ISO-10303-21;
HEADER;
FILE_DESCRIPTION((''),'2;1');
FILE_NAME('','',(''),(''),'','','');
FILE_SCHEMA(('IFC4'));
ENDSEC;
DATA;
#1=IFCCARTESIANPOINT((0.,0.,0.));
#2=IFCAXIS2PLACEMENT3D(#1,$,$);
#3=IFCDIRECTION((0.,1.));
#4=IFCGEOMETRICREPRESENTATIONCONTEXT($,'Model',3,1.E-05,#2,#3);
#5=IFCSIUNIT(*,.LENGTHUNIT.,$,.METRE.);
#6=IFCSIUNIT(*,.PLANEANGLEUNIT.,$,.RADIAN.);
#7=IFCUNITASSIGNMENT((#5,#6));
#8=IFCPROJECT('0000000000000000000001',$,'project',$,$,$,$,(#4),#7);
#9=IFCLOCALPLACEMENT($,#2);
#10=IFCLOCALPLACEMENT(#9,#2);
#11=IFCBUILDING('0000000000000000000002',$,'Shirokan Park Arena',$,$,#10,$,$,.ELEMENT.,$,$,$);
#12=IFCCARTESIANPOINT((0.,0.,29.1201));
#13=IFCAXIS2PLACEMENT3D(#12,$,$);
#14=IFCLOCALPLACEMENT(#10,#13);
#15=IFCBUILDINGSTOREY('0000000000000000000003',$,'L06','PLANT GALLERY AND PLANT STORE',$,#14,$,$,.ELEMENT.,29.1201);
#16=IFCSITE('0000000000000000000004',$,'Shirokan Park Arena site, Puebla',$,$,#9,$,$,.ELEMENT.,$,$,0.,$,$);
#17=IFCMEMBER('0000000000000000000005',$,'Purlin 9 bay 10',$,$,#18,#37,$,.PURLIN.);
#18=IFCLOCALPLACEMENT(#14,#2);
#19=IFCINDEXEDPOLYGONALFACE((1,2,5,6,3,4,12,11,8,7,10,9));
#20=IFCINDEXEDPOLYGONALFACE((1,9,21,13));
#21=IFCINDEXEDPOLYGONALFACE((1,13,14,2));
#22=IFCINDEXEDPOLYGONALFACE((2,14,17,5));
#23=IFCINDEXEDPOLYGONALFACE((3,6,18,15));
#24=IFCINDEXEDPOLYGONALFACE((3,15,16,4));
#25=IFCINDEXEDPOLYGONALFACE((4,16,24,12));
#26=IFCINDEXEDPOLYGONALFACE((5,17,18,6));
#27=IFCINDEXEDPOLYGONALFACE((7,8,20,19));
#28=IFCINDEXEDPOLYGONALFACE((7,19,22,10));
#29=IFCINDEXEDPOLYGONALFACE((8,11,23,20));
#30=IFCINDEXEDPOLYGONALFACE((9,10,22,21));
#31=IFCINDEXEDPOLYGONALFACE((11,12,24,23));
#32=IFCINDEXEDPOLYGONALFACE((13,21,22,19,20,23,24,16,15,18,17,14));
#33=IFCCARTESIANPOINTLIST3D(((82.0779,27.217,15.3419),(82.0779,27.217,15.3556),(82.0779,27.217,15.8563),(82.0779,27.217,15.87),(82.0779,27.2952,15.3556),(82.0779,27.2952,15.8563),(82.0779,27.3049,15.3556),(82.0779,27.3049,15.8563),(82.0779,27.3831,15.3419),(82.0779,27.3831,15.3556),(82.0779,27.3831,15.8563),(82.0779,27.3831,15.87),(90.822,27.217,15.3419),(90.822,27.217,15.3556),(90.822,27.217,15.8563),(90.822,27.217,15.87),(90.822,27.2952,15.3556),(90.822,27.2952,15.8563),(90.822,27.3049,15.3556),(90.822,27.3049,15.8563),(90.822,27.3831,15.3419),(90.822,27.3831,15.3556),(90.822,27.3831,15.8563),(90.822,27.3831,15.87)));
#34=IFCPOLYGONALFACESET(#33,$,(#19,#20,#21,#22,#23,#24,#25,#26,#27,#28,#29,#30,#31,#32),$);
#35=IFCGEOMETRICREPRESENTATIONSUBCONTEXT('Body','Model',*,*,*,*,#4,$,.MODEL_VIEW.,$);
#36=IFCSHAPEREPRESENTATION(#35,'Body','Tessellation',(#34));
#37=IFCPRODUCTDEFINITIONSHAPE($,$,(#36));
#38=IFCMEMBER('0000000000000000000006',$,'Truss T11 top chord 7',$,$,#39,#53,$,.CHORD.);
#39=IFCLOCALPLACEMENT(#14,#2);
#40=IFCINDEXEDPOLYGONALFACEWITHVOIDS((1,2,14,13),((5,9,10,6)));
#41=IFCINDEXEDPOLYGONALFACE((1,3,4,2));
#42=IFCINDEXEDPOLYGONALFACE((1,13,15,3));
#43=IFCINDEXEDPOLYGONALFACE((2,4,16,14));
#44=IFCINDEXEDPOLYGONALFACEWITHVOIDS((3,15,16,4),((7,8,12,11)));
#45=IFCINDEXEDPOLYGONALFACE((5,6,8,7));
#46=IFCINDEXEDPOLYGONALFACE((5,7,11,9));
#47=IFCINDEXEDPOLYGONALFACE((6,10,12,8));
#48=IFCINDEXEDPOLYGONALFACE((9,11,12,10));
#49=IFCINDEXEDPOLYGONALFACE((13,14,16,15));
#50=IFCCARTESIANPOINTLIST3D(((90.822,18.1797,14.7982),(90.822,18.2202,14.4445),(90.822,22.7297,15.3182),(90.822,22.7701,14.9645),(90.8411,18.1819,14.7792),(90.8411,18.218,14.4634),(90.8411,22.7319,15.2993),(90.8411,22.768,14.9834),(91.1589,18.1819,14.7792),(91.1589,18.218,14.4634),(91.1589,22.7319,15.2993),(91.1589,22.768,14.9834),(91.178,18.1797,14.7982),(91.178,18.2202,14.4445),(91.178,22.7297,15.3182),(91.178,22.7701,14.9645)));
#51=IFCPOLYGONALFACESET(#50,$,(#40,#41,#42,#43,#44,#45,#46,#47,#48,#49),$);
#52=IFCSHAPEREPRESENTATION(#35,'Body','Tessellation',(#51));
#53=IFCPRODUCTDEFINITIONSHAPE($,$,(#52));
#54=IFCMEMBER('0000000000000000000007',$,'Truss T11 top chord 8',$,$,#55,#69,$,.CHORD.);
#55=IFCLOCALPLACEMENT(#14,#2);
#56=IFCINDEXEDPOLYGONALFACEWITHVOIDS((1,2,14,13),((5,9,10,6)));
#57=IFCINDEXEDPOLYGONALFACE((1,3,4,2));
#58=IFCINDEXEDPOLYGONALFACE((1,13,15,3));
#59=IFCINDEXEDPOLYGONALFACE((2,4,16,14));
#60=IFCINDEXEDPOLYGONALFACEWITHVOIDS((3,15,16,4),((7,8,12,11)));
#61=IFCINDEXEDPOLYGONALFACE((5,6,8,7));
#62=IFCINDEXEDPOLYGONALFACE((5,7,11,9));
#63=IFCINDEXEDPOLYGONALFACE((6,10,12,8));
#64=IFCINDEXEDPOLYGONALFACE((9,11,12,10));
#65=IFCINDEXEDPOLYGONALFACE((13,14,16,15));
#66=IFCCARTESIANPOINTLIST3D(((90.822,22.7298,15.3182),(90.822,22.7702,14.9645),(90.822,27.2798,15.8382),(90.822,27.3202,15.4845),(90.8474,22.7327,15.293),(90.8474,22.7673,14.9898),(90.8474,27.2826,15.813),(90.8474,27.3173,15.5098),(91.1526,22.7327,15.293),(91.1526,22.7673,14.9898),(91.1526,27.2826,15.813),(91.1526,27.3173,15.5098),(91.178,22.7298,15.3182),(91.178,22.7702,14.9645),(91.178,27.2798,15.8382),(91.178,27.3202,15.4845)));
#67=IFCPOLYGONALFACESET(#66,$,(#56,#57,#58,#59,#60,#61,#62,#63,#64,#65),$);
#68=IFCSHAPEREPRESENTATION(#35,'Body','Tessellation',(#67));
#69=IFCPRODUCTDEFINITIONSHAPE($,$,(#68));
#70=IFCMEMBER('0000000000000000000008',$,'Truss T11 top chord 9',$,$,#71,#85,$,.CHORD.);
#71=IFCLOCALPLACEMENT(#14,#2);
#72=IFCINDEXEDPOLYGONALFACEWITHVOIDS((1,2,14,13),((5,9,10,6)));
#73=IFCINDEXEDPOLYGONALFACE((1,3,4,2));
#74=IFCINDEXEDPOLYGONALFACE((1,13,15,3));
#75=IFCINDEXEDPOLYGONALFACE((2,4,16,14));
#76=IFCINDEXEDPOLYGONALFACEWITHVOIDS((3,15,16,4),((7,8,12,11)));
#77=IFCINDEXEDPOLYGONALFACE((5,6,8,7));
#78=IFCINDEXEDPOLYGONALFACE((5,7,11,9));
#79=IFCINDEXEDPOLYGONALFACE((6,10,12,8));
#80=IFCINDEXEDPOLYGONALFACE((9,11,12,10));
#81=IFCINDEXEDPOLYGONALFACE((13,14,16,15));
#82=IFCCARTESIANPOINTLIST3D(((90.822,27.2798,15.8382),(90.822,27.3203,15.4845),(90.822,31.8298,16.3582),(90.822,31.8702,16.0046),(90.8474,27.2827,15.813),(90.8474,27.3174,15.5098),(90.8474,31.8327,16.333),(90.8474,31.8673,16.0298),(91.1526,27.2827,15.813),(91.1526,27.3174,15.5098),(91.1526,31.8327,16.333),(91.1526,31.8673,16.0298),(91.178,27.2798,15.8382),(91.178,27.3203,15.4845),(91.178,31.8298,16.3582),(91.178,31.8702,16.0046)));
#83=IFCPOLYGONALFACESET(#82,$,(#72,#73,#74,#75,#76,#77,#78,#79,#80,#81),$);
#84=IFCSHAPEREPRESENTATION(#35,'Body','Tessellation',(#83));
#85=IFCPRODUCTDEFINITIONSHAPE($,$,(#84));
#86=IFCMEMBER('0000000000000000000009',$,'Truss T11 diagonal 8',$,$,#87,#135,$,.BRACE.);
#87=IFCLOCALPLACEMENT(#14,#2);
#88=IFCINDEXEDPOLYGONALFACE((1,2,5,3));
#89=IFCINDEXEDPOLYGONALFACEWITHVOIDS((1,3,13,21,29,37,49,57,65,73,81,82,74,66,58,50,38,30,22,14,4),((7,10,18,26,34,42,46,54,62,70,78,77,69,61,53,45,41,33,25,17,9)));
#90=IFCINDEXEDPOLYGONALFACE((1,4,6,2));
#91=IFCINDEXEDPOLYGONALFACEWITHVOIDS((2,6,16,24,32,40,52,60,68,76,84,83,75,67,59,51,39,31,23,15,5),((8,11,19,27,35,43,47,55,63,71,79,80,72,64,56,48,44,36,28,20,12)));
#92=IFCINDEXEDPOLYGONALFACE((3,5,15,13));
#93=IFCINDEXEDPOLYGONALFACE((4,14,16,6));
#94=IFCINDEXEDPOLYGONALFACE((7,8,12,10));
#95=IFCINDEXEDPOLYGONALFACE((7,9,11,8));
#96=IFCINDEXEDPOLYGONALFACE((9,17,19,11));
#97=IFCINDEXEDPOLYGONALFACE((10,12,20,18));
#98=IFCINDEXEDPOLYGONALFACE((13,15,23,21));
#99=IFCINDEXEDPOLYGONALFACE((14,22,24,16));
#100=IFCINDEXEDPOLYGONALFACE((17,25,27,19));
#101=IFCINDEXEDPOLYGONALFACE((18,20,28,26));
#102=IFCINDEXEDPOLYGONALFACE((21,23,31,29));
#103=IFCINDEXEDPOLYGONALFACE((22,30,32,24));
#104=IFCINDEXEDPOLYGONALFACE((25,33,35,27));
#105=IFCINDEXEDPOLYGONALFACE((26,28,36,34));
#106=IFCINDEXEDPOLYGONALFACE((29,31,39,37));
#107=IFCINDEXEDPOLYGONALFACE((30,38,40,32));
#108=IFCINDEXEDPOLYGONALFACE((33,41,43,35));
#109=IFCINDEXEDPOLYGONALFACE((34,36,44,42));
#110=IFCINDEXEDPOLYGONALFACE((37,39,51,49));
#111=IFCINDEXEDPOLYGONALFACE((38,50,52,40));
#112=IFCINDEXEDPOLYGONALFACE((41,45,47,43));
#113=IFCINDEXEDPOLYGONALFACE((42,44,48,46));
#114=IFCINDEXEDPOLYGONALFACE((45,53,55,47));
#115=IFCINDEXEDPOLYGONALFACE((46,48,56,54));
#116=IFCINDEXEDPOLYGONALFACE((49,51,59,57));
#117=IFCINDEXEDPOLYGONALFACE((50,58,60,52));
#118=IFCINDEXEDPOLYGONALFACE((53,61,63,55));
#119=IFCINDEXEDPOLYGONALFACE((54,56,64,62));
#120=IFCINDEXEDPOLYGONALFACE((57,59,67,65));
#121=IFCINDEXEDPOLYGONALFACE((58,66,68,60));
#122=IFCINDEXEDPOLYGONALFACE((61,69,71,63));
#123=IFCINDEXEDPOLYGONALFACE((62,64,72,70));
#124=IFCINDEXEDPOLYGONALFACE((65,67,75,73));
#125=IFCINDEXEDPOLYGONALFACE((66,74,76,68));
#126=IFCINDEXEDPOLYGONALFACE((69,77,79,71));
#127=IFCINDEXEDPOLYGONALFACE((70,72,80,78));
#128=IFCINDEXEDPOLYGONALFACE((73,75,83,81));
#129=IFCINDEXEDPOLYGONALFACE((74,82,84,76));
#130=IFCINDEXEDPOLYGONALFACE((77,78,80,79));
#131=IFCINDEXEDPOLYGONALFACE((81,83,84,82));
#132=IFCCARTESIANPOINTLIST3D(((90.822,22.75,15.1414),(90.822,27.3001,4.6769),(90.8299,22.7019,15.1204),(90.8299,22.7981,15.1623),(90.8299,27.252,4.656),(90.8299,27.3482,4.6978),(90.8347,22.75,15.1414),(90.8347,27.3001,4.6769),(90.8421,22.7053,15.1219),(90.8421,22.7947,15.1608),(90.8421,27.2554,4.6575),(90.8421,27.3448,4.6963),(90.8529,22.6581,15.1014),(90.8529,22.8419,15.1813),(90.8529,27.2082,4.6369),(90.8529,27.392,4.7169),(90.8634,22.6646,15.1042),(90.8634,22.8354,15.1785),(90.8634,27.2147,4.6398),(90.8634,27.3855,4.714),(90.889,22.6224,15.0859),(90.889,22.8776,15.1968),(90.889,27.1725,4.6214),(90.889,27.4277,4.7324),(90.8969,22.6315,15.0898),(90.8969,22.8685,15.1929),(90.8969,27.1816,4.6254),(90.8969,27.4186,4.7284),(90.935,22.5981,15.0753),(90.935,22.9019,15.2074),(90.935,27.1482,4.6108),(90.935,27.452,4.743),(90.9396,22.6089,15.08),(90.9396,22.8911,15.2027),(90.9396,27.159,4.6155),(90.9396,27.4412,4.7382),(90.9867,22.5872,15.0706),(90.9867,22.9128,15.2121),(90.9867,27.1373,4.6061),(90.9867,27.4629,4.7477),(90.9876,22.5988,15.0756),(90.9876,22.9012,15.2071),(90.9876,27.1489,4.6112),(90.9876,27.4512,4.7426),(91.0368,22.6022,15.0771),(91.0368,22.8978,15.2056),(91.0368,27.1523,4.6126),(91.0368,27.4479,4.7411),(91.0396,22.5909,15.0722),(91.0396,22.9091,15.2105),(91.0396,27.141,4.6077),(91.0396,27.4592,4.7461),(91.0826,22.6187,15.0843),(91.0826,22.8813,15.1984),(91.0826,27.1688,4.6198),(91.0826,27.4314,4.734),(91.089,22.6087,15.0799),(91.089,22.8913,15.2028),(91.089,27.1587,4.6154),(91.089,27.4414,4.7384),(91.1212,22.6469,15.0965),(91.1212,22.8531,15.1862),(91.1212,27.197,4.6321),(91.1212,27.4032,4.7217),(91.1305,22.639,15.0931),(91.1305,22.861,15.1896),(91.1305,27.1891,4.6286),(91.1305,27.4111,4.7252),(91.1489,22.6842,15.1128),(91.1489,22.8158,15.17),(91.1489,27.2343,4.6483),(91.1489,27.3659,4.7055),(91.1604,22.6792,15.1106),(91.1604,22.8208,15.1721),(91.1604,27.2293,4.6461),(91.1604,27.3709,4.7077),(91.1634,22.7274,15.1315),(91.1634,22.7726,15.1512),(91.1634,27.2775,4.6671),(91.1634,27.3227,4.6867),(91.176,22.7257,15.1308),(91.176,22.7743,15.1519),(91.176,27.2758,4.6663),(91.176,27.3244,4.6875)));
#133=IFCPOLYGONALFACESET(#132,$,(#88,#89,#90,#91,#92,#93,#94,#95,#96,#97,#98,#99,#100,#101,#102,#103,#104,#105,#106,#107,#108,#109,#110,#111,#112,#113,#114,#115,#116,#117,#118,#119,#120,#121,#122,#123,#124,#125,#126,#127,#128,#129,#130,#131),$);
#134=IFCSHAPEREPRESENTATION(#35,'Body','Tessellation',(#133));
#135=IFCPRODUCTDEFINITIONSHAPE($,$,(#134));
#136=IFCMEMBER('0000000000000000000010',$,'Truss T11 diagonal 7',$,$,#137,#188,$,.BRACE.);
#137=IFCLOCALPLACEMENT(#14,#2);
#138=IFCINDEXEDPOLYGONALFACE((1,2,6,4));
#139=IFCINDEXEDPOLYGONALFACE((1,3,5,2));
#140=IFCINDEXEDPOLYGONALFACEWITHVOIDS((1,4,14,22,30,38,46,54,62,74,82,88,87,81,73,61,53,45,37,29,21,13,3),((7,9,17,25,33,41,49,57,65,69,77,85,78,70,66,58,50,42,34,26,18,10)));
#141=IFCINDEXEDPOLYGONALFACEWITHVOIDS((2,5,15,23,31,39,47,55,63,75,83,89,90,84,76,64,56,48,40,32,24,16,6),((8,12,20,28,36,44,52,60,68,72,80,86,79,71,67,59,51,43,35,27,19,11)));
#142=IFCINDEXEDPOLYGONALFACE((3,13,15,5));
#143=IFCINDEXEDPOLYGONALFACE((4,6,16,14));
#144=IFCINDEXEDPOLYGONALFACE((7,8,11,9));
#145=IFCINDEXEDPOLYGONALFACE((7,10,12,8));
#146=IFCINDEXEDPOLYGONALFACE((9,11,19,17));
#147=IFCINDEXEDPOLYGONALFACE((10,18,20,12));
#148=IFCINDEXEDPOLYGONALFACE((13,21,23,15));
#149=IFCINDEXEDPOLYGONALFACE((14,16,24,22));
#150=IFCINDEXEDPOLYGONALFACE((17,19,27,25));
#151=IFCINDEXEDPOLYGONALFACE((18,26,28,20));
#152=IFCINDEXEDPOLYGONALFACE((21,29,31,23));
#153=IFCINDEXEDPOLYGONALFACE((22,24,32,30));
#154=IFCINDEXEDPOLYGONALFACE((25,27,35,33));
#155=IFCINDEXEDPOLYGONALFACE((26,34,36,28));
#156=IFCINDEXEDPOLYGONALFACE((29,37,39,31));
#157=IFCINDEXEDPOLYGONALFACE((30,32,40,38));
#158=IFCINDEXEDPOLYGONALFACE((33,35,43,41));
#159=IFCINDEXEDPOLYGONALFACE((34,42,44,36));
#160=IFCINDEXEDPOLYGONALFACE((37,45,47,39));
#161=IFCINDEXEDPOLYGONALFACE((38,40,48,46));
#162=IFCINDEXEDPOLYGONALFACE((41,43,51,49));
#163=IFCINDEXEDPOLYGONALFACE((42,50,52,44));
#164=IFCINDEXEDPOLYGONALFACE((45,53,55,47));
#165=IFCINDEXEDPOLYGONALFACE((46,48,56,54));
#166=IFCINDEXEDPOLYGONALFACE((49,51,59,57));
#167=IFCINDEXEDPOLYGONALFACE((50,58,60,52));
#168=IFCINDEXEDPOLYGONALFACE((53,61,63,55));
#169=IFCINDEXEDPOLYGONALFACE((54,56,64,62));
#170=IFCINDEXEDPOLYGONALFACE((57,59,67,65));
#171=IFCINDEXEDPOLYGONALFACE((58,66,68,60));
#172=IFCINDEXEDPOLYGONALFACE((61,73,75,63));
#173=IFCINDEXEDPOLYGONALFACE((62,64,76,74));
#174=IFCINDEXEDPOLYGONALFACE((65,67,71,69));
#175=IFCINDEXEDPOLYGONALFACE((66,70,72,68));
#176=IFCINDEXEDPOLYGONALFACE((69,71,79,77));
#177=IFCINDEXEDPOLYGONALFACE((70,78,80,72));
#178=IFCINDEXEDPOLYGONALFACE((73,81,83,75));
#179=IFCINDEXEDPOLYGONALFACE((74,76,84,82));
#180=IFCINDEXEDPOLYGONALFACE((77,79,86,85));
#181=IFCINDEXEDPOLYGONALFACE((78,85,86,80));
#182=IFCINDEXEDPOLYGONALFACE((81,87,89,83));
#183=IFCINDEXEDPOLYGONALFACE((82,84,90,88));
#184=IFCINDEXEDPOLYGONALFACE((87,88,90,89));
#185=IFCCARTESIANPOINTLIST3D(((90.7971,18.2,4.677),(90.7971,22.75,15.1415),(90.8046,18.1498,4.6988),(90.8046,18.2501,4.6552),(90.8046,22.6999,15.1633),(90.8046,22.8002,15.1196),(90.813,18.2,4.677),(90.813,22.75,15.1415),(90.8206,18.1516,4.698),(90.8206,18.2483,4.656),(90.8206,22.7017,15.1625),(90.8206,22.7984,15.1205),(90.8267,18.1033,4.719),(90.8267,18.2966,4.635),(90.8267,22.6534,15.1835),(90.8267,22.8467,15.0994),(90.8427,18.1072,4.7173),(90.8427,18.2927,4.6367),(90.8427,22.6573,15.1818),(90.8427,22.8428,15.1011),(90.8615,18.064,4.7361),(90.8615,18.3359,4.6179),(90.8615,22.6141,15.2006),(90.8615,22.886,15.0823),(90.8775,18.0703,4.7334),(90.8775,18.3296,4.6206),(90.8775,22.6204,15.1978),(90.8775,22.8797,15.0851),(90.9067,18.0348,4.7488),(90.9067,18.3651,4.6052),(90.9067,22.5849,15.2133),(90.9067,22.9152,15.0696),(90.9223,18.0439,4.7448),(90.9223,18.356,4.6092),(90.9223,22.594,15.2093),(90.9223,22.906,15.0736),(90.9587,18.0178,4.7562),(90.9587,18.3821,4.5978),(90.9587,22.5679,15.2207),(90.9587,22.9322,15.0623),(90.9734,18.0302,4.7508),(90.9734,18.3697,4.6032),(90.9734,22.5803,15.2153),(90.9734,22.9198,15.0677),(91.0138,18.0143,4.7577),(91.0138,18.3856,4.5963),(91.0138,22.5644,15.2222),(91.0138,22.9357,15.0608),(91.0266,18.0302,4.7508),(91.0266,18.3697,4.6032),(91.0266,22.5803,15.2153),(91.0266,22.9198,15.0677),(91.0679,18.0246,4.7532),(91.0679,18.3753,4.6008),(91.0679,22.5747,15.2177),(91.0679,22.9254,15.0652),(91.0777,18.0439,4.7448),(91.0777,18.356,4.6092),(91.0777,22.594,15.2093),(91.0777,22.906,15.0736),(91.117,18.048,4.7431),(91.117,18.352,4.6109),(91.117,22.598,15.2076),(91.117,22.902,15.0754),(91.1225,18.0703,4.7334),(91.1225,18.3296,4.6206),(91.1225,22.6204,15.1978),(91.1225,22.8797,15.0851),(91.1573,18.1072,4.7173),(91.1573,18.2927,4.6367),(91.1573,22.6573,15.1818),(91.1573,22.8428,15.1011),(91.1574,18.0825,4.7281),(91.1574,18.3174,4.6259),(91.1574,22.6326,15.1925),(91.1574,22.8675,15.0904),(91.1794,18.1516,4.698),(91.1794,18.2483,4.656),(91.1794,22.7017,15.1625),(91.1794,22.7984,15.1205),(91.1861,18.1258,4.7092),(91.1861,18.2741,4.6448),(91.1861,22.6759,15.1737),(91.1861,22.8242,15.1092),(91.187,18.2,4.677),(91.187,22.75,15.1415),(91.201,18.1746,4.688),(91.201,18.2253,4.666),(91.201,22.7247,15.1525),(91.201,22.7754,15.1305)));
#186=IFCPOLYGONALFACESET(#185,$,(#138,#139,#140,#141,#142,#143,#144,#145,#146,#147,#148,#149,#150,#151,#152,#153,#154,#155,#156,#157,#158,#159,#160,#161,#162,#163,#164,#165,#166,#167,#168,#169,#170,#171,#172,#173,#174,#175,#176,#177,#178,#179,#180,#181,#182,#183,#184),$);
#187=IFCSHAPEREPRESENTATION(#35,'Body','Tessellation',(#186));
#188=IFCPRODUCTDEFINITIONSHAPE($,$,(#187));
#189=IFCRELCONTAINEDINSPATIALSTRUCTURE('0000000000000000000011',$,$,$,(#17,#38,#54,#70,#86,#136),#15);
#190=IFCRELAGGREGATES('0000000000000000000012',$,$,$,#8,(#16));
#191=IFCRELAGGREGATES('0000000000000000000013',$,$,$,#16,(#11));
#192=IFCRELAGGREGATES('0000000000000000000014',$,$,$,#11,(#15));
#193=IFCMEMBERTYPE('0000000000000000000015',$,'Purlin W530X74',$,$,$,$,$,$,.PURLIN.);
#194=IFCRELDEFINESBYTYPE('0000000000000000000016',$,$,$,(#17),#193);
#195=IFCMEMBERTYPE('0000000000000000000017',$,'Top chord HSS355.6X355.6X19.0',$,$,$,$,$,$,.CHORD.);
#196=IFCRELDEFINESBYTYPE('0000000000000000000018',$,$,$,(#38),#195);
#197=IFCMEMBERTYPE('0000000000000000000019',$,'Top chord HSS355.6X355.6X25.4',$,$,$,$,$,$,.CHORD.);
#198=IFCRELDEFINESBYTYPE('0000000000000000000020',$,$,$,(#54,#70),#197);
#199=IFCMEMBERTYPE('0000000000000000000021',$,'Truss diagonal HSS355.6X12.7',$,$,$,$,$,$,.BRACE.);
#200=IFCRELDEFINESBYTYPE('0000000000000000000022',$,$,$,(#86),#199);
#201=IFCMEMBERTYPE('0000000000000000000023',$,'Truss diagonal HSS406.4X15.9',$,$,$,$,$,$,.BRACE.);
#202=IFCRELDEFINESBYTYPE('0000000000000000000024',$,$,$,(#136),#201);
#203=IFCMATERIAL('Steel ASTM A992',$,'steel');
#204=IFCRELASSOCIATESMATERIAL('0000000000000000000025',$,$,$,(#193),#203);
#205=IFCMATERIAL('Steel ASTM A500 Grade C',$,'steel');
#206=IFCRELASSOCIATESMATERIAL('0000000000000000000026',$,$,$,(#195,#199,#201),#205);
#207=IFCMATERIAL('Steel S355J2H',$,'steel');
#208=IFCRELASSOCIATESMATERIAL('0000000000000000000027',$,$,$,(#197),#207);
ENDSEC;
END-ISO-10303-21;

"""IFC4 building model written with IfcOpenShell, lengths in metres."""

from ifc_helpers import new_model, si_unit, direction, frame, origin, origin_2d, place, context, subcontext, project, spatial, hollow_rectangle, hollow_circle, i_section, extrude, material, material_profile, profile_set, type_object, element, save


model = new_model("IFC4")

# Units and contexts
model_context = context("Model", 3, precision=1e-05, world=origin(), true_north=direction((0.0, 1.0)))
body_context = subcontext(model_context, "Body", "Model", "MODEL_VIEW")
ifc_project = project(units=[si_unit("LENGTHUNIT", "METRE"), si_unit("PLANEANGLEUNIT", "RADIAN")], contexts=[model_context])

# Site, building, storey
site_placement = place(None, origin())
site = spatial("IfcSite", under=ifc_project, at=site_placement, Name="Shirokan Park Arena site, Puebla", CompositionType="ELEMENT", RefElevation=0.0)
building_placement = place(site_placement, origin())
building = spatial("IfcBuilding", under=site, at=building_placement, Name="Shirokan Park Arena", CompositionType="ELEMENT")
storey_placement = place(building_placement, frame((0.0, 0.0, 29.1201)))
storey = spatial("IfcBuildingStorey", under=building, at=storey_placement, Name="L06", Description="PLANT GALLERY AND PLANT STORE", CompositionType="ELEMENT", Elevation=29.1201)

# Members
ifc_material_1 = material(Name="Steel ASTM A500 Grade C", Category="steel")
ifc_material_2 = material(Name="Steel S355J2H", Category="steel")
ifc_material_3 = material(Name="Steel ASTM A992", Category="steel")
ifc_material_profile_1 = material_profile(ifc_material_3, i_section(OverallWidth=0.166, OverallDepth=0.5281, WebThickness=0.0098, FlangeThickness=0.0137, at=origin_2d()), Name="W530X74")
ifc_profile_set_1 = profile_set([ifc_material_profile_1], Name="Steel ASTM A992")
member_type_1 = type_object("IfcMemberType", Name="Purlin W530X74", PredefinedType="PURLIN", material=ifc_profile_set_1)
for number, where, z_axis, x_axis, name in (
    (1, (82.0779, 27.3, 15.606), (1.0, 0.0, 0.0), (0.0, 1.0, 0.0), "Purlin 9 bay 10"),
):
    element("IfcMember", number, at=place(storey_placement, frame(where, z_axis=z_axis, x_axis=x_axis)), inside=storey, type_object=member_type_1, Name=name, PredefinedType="PURLIN", context=body_context, shape_type="SweptSolid", body=[
        extrude(i_section(OverallWidth=0.166, OverallDepth=0.5281, WebThickness=0.0098, FlangeThickness=0.0137, at=origin_2d()), origin(), (0.0, 0.0, 1.0), 8.7441),
    ])
ifc_material_profile_2 = material_profile(ifc_material_1, hollow_rectangle(XDim=0.356, YDim=0.356, WallThickness=0.019, at=origin_2d()), Name="HSS355.6X355.6X19.0")
ifc_profile_set_2 = profile_set([ifc_material_profile_2], Name="Steel ASTM A500 Grade C")
member_type_2 = type_object("IfcMemberType", Name="Top chord HSS355.6X355.6X19.0", PredefinedType="CHORD", material=ifc_profile_set_2)
member_1_placement = place(storey_placement, frame((91.0, 18.2, 14.6213), z_axis=(0.0, 0.993532, 0.11355), x_axis=(-1.0, 0.0, 0.0)))
element("IfcMember", 2, at=member_1_placement, inside=storey, type_object=member_type_2, Name="Truss T11 top chord 7", PredefinedType="CHORD", context=body_context, shape_type="SweptSolid", body=[
    extrude(hollow_rectangle(XDim=0.356, YDim=0.356, WallThickness=0.019, at=origin_2d()), origin(), (0.0, 0.0, 1.0), 4.5796),
])
ifc_material_profile_3 = material_profile(ifc_material_2, hollow_rectangle(XDim=0.356, YDim=0.356, WallThickness=0.0254, at=origin_2d()), Name="HSS355.6X355.6X25.4")
ifc_profile_set_3 = profile_set([ifc_material_profile_3], Name="Steel S355J2H")
member_type_3 = type_object("IfcMemberType", Name="Top chord HSS355.6X355.6X25.4", PredefinedType="CHORD", material=ifc_profile_set_3)
for number, where, z_axis, x_axis, name in (
    (3, (91.0, 22.75, 15.1414), (0.0, 0.993532, 0.11355), (-1.0, 0.0, 0.0), "Truss T11 top chord 8"),
    (4, (91.0, 27.3, 15.6614), (0.0, 0.993532, 0.11355), (-1.0, 0.0, 0.0), "Truss T11 top chord 9"),
):
    element("IfcMember", number, at=place(storey_placement, frame(where, z_axis=z_axis, x_axis=x_axis)), inside=storey, type_object=member_type_3, Name=name, PredefinedType="CHORD", context=body_context, shape_type="SweptSolid", body=[
        extrude(hollow_rectangle(XDim=0.356, YDim=0.356, WallThickness=0.0254, at=origin_2d()), origin(), (0.0, 0.0, 1.0), 4.5796),
    ])
ifc_material_profile_4 = material_profile(ifc_material_1, hollow_circle(Radius=0.178, WallThickness=0.0127, at=origin_2d()), Name="HSS355.6X12.7")
ifc_profile_set_4 = profile_set([ifc_material_profile_4], Name="Steel ASTM A500 Grade C")
member_type_4 = type_object("IfcMemberType", Name="Truss diagonal HSS355.6X12.7", PredefinedType="BRACE", material=ifc_profile_set_4)
member_2_placement = place(storey_placement, frame((91.0, 22.75, 15.1414), z_axis=(0.0, 0.39875, -0.91706), x_axis=(-1.0, 0.0, 0.0)))
element("IfcMember", 5, at=member_2_placement, inside=storey, type_object=member_type_4, Name="Truss T11 diagonal 8", PredefinedType="BRACE", context=body_context, shape_type="SweptSolid", body=[
    extrude(hollow_circle(Radius=0.178, WallThickness=0.0127, at=origin_2d()), origin(), (0.0, 0.0, 1.0), 11.4109),
])
ifc_material_profile_5 = material_profile(ifc_material_1, hollow_circle(Radius=0.2029, WallThickness=0.0159, at=origin_2d()), Name="HSS406.4X15.9")
ifc_profile_set_5 = profile_set([ifc_material_profile_5], Name="Steel ASTM A500 Grade C")
member_type_5 = type_object("IfcMemberType", Name="Truss diagonal HSS406.4X15.9", PredefinedType="BRACE", material=ifc_profile_set_5)
member_3_placement = place(storey_placement, frame((91.0, 18.2, 4.677), z_axis=(0.0, 0.39875, 0.91706), x_axis=(-1.0, 0.0, 0.0)))
element("IfcMember", 6, at=member_3_placement, inside=storey, type_object=member_type_5, Name="Truss T11 diagonal 7", PredefinedType="BRACE", context=body_context, shape_type="SweptSolid", body=[
    extrude(hollow_circle(Radius=0.2029, WallThickness=0.0159, at=origin_2d()), origin(), (0.0, 0.0, 1.0), 11.4109),
])

save(model, "model.ifc")
